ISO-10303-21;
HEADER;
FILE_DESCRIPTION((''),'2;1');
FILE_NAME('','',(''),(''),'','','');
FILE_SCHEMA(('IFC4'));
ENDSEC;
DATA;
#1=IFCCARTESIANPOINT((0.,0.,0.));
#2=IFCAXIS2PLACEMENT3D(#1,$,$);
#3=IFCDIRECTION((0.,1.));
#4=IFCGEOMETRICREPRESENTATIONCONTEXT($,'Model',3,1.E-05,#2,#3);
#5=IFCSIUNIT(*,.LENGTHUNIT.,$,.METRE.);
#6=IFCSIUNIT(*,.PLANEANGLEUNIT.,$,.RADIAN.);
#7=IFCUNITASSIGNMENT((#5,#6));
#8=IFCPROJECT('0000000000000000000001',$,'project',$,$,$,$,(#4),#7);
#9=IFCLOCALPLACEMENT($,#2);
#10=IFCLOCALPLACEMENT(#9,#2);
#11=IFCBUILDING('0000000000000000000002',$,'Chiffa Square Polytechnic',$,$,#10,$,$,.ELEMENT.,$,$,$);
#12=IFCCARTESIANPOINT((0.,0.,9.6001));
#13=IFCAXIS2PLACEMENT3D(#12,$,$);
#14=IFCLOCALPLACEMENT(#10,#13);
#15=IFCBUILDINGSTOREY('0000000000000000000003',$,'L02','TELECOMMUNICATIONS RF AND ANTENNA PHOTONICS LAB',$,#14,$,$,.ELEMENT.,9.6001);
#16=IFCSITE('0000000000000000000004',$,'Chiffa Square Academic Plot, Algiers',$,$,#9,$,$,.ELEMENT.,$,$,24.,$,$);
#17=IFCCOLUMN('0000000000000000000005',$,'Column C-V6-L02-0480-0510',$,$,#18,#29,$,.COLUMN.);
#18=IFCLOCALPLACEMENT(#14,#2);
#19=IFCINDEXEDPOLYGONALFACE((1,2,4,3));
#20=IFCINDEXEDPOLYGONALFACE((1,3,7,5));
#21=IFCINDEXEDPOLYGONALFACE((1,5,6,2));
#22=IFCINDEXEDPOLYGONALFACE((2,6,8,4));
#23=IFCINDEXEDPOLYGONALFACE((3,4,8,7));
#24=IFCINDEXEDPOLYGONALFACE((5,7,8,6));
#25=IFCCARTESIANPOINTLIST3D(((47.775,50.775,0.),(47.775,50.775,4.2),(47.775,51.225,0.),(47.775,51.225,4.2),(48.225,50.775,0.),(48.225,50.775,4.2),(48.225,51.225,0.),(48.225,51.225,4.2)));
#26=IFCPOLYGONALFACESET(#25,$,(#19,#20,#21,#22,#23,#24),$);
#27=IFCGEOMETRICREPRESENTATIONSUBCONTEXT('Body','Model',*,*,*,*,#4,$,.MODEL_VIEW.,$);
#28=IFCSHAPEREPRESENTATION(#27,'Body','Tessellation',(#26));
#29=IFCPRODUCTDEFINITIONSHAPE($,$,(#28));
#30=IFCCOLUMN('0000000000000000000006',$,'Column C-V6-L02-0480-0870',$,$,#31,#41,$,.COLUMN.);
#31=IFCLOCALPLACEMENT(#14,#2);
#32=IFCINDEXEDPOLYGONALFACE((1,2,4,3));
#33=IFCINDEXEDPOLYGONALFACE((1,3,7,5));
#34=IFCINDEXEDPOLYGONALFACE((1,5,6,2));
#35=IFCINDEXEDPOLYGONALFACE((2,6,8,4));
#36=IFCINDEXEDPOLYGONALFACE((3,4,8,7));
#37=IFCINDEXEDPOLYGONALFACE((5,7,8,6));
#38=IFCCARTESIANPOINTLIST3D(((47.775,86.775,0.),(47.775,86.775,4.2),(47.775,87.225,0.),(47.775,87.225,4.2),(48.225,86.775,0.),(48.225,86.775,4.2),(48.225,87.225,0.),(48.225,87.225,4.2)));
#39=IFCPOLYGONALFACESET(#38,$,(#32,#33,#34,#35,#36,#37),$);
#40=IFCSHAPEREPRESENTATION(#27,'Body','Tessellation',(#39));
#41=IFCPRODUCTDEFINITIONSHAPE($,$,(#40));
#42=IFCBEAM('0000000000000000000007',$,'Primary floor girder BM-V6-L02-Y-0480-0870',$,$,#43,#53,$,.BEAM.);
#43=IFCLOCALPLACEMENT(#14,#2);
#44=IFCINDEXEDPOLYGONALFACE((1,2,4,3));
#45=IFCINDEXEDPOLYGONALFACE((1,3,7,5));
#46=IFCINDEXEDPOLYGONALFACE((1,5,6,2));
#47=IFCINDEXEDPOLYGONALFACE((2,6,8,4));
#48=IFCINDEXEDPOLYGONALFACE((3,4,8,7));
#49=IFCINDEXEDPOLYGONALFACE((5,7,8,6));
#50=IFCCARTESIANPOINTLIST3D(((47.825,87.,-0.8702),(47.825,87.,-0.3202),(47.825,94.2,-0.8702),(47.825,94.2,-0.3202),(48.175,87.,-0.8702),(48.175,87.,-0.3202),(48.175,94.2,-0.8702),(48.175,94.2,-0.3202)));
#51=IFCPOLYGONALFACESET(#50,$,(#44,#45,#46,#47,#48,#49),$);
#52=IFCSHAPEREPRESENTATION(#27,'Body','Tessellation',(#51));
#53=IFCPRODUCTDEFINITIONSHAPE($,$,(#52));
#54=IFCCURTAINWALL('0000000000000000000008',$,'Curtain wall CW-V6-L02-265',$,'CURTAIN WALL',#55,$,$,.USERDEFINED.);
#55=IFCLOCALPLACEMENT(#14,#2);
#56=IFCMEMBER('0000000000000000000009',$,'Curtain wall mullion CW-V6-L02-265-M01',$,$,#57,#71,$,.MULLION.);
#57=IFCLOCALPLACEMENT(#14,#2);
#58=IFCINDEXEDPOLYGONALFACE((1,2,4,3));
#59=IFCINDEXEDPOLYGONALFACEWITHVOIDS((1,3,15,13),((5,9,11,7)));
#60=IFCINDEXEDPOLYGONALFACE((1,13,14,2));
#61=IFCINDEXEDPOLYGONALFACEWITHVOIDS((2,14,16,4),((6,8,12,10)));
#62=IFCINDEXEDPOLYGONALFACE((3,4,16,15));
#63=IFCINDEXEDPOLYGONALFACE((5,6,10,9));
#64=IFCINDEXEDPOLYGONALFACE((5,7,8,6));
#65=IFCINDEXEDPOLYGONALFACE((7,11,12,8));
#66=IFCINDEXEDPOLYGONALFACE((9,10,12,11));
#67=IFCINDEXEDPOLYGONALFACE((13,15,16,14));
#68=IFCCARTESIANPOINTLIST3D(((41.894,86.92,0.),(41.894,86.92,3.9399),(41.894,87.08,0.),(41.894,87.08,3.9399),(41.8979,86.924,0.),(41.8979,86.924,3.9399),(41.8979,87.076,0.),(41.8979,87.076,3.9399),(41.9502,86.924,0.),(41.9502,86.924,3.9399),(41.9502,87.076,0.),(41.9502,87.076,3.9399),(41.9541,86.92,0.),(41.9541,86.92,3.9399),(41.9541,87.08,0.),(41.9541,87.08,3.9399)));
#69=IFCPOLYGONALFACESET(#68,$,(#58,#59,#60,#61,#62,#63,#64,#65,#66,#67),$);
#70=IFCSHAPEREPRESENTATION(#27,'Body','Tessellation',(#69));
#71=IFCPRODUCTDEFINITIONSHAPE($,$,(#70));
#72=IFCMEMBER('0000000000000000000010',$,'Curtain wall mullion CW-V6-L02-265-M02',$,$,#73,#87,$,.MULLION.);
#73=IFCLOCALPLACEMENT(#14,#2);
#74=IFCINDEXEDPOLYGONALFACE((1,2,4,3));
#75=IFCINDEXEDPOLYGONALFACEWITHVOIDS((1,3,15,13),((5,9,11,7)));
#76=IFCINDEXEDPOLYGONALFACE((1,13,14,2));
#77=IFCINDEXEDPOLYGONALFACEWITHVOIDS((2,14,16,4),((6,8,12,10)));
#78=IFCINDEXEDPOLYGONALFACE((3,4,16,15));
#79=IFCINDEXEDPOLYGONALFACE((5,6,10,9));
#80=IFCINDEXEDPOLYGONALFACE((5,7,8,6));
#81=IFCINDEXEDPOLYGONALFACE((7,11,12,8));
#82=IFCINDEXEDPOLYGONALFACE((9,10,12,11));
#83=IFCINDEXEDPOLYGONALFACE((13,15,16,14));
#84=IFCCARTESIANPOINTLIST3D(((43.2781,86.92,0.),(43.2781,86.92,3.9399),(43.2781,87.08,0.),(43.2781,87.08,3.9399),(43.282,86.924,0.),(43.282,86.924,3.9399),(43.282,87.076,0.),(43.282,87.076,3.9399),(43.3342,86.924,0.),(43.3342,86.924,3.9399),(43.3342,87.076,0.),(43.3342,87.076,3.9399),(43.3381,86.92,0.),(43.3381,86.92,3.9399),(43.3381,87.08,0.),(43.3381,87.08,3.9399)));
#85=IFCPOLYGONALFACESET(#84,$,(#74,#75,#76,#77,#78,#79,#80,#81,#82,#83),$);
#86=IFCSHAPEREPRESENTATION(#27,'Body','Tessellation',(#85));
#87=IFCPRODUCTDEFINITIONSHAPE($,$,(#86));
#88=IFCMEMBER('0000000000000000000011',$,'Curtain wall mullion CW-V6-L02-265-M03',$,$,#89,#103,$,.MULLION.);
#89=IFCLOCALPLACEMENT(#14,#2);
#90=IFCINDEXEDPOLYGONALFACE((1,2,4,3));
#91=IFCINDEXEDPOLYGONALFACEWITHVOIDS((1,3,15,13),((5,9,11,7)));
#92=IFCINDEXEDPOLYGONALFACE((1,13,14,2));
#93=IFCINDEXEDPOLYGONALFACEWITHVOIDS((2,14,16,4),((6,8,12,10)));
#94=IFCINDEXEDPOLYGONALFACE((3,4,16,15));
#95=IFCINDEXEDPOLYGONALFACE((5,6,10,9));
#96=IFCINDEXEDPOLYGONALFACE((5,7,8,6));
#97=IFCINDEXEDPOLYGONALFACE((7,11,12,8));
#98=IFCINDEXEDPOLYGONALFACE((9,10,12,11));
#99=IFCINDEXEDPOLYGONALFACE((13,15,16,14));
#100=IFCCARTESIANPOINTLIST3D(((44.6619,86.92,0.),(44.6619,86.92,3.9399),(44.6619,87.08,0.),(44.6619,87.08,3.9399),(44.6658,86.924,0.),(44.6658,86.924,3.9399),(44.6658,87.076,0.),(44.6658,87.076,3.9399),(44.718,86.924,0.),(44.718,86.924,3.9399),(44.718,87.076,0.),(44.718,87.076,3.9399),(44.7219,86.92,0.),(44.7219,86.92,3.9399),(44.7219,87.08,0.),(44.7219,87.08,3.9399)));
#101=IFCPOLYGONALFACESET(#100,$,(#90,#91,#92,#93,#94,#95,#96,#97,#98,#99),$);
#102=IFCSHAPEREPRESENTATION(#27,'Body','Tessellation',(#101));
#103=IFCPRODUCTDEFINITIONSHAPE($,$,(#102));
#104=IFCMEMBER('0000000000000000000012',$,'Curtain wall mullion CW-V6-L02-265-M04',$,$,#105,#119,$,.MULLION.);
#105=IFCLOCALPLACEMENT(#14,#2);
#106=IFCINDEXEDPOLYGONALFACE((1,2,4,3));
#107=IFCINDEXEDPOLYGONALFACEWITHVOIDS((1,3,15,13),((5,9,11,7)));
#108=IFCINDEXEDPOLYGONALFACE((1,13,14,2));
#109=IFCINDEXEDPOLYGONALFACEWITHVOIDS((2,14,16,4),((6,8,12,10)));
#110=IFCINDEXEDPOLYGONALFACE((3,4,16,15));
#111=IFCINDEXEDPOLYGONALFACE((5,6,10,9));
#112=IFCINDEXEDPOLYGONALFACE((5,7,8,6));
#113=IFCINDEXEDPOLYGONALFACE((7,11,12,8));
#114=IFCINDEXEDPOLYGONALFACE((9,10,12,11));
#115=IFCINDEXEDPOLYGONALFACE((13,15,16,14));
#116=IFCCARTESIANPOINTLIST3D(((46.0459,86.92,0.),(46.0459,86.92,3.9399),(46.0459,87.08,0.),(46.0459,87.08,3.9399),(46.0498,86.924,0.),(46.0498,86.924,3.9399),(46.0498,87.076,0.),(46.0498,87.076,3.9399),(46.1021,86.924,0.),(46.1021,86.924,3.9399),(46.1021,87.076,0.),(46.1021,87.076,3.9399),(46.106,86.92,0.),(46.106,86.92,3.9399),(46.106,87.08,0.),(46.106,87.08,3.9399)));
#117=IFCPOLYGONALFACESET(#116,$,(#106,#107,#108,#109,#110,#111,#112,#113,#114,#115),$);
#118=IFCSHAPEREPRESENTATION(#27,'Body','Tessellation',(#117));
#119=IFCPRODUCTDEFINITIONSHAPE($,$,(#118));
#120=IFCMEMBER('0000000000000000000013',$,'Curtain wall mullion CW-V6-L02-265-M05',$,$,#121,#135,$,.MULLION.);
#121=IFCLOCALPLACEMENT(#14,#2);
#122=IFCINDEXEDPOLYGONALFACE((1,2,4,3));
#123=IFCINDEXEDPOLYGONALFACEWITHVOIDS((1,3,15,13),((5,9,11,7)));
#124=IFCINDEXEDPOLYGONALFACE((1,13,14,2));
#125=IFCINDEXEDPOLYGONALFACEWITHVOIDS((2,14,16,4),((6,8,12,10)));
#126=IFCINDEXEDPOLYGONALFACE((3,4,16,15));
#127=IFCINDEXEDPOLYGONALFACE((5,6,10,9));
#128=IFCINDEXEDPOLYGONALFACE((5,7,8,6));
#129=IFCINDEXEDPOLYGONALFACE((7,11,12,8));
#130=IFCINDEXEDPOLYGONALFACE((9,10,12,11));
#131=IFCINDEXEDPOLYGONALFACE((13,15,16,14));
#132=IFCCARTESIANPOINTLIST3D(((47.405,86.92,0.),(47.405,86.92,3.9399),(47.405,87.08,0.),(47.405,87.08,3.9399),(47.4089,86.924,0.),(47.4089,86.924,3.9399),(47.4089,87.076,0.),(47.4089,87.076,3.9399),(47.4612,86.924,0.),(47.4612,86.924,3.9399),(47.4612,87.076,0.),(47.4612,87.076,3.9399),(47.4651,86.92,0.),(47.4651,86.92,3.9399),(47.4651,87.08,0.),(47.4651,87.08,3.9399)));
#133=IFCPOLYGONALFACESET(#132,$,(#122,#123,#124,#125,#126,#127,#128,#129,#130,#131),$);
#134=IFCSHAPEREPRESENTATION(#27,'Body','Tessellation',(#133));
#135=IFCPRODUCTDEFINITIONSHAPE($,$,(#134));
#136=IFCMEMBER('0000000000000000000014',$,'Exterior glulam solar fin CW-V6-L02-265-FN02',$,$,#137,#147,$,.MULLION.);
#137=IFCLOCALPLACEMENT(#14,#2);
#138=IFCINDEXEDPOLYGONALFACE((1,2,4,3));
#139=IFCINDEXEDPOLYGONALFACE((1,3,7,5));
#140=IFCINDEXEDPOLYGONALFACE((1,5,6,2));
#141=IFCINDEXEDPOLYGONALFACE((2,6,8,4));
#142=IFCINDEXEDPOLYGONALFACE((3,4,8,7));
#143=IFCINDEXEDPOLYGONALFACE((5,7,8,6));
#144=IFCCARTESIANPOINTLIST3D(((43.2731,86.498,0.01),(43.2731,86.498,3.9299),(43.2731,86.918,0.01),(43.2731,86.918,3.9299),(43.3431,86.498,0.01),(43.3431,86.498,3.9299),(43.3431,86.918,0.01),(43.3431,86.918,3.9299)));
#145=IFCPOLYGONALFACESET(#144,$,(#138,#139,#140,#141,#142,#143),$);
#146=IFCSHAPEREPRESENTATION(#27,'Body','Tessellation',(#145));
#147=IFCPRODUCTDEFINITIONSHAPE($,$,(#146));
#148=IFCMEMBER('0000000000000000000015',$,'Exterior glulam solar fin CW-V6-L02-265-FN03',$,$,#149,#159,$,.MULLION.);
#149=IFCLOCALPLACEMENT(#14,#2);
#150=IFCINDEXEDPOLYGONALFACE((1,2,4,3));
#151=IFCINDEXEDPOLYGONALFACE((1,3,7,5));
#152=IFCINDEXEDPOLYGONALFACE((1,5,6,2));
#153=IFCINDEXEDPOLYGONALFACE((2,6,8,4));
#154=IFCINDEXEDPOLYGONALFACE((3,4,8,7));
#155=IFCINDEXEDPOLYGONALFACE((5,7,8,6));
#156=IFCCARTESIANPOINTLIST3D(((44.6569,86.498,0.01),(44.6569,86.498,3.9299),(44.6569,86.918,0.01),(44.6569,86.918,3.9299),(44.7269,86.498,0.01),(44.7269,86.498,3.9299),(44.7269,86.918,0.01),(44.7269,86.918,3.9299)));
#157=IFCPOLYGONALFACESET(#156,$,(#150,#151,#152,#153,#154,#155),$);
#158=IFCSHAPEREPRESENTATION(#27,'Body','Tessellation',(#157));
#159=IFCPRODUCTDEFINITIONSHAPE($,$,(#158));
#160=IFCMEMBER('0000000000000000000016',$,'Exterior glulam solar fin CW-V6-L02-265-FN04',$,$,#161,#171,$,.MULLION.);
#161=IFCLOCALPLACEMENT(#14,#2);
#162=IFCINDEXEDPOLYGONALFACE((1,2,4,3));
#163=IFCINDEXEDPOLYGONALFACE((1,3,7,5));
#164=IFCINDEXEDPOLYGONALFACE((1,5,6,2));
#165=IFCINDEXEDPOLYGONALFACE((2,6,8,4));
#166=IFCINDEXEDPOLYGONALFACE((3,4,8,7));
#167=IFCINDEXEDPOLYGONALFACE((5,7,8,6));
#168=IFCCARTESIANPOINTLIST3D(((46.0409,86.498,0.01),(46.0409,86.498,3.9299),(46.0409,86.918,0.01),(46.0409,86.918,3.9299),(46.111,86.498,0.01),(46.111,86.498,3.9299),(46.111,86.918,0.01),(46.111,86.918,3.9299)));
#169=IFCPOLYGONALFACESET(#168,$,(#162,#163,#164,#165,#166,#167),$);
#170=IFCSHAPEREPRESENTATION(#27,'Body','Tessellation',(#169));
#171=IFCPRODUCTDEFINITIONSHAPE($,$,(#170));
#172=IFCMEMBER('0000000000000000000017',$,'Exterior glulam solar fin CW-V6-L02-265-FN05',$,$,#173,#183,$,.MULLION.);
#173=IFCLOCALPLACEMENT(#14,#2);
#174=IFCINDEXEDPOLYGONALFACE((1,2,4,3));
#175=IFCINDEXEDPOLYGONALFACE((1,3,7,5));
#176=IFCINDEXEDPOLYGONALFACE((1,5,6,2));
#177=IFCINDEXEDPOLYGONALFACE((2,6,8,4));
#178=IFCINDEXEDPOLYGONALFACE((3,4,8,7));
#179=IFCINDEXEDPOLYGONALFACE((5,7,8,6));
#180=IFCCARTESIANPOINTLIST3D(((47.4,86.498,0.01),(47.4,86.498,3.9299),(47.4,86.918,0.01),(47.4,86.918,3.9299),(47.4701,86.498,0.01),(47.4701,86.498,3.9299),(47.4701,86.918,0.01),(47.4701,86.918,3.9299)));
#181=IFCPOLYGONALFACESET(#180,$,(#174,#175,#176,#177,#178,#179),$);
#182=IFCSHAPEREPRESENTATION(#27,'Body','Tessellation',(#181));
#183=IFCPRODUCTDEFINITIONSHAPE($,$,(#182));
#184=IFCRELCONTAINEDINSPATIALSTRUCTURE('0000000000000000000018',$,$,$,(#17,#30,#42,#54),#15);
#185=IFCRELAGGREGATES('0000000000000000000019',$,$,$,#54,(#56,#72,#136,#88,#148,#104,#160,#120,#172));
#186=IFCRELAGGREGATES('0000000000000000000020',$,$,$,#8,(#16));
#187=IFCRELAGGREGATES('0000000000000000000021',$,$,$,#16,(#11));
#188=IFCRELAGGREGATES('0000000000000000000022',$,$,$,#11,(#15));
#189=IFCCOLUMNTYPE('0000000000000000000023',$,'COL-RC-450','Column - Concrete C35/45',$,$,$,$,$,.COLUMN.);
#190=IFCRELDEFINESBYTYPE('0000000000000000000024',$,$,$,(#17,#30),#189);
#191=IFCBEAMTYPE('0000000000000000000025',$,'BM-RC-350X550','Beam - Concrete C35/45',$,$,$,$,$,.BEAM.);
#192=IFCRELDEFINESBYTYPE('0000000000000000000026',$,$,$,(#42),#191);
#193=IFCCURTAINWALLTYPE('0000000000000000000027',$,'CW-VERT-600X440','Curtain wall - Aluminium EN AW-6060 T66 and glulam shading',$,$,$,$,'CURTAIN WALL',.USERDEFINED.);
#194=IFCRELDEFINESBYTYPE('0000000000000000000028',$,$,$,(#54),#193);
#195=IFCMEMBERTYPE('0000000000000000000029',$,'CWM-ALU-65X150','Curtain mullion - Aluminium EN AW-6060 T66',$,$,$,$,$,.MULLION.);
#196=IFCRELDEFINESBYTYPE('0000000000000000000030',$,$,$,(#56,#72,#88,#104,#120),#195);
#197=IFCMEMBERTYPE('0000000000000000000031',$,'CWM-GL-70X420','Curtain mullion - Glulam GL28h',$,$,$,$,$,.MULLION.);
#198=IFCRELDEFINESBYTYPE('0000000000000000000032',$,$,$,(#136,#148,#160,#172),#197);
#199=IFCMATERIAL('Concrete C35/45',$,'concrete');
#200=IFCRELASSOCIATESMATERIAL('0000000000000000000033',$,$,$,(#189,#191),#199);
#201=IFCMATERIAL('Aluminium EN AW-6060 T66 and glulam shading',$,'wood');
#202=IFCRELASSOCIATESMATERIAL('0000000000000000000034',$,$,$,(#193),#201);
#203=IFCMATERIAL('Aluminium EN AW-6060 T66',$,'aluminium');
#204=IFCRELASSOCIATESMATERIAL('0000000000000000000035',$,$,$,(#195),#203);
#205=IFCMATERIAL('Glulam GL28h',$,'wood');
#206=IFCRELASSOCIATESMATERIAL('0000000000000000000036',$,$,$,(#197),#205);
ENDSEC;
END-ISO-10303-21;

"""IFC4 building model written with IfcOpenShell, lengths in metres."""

from ifc_helpers import new_model, si_unit, direction, frame, origin, origin_2d, place, context, subcontext, project, spatial, rectangle, hollow_rectangle, extrude, material, material_profile, profile_set, type_object, element, aggregate, save


model = new_model("IFC4")

# Units and contexts
model_context = context("Model", 3, precision=1e-05, world=origin(), true_north=direction((0.0, 1.0)))
body_context = subcontext(model_context, "Body", "Model", "MODEL_VIEW")
ifc_project = project(units=[si_unit("LENGTHUNIT", "METRE"), si_unit("PLANEANGLEUNIT", "RADIAN")], contexts=[model_context])

# Site, building, storey
site_placement = place(None, origin())
site = spatial("IfcSite", under=ifc_project, at=site_placement, Name="Chiffa Square Academic Plot, Algiers", CompositionType="ELEMENT", RefElevation=24.0)
building_placement = place(site_placement, origin())
building = spatial("IfcBuilding", under=site, at=building_placement, Name="Chiffa Square Polytechnic", CompositionType="ELEMENT")
storey_placement = place(building_placement, frame((0.0, 0.0, 9.6001)))
storey = spatial("IfcBuildingStorey", under=building, at=storey_placement, Name="L02", Description="TELECOMMUNICATIONS RF AND ANTENNA PHOTONICS LAB", CompositionType="ELEMENT", Elevation=9.6001)

# Columns
ifc_material_1 = material(Name="Concrete C35/45", Category="concrete")
ifc_material_profile_1 = material_profile(ifc_material_1, rectangle(XDim=0.45, YDim=0.45, at=origin_2d()), Name="RC 450x450")
ifc_profile_set_1 = profile_set([ifc_material_profile_1], Name="Concrete C35/45")
column_type = type_object("IfcColumnType", Name="COL-RC-450", Description="Column - Concrete C35/45", PredefinedType="COLUMN", material=ifc_profile_set_1)
for number, where, z_axis, x_axis, name in (
    (1, (48.0, 51.0, 0.0), (0.0, 0.0, 1.0), (1.0, 0.0, 0.0), "Column C-V6-L02-0480-0510"),
    (2, (48.0, 87.0, 0.0), (0.0, 0.0, 1.0), (1.0, 0.0, 0.0), "Column C-V6-L02-0480-0870"),
):
    element("IfcColumn", number, at=place(storey_placement, frame(where, z_axis=z_axis, x_axis=x_axis)), inside=storey, type_object=column_type, Name=name, PredefinedType="COLUMN", context=body_context, shape_type="SweptSolid", body=[
        extrude(rectangle(XDim=0.45, YDim=0.45, at=origin_2d()), origin(), (0.0, 0.0, 1.0), 4.2),
    ])

# Beam
ifc_material_profile_2 = material_profile(ifc_material_1, rectangle(XDim=0.3501, YDim=0.55, at=origin_2d()), Name="RC 350x550")
ifc_profile_set_2 = profile_set([ifc_material_profile_2], Name="Concrete C35/45")
beam_type = type_object("IfcBeamType", Name="BM-RC-350X550", Description="Beam - Concrete C35/45", PredefinedType="BEAM", material=ifc_profile_set_2)
beam_placement = place(storey_placement, frame((48.0, 87.0, -0.5952), z_axis=(0.0, 1.0, 0.0), x_axis=(-1.0, 0.0, 0.0)))
element("IfcBeam", 3, at=beam_placement, inside=storey, type_object=beam_type, Name="Primary floor girder BM-V6-L02-Y-0480-0870", PredefinedType="BEAM", context=body_context, shape_type="SweptSolid", body=[
    extrude(rectangle(XDim=0.3501, YDim=0.55, at=origin_2d()), origin(), (0.0, 0.0, 1.0), 7.2),
])

# Curtain wall, members
ifc_material_2 = material(Name="Aluminium EN AW-6060 T66 and glulam shading", Category="wood")
curtain_wall_type_1 = type_object("IfcCurtainWallType", Name="CW-VERT-600X440", Description="Curtain wall - Aluminium EN AW-6060 T66 and glulam shading", ElementType="CURTAIN WALL", PredefinedType="USERDEFINED", material=ifc_material_2)
curtain_wall_1_placement = place(storey_placement, origin())
curtain_wall_1 = element("IfcCurtainWall", 4, at=curtain_wall_1_placement, inside=storey, type_object=curtain_wall_type_1, Name="Curtain wall CW-V6-L02-265", ObjectType="CURTAIN WALL", PredefinedType="USERDEFINED")
ifc_material_3 = material(Name="Aluminium EN AW-6060 T66", Category="aluminium")
ifc_material_profile_3 = material_profile(ifc_material_3, hollow_rectangle(XDim=0.0601, YDim=0.1599, WallThickness=0.0039, at=origin_2d()), Name="ALU 60x160x4")
ifc_profile_set_3 = profile_set([ifc_material_profile_3], Name="Aluminium EN AW-6060 T66")
member_type_1 = type_object("IfcMemberType", Name="CWM-ALU-65X150", Description="Curtain mullion - Aluminium EN AW-6060 T66", PredefinedType="MULLION", material=ifc_profile_set_3)
member_1_placement = place(storey_placement, frame((41.9241, 87.0, 0.0), z_axis=(0.0, 0.0, 1.0), x_axis=(1.0, 0.0, 0.0)))
member_1 = element("IfcMember", 5, at=member_1_placement, type_object=member_type_1, Name="Curtain wall mullion CW-V6-L02-265-M01", PredefinedType="MULLION", context=body_context, shape_type="SweptSolid", body=[
    extrude(hollow_rectangle(XDim=0.0601, YDim=0.1599, WallThickness=0.0039, at=origin_2d()), origin(), (0.0, 0.0, 1.0), 3.9399),
])
member_2_placement = place(storey_placement, frame((43.3081, 87.0, 0.0), z_axis=(0.0, 0.0, 1.0), x_axis=(1.0, 0.0, 0.0)))
member_2 = element("IfcMember", 6, at=member_2_placement, type_object=member_type_1, Name="Curtain wall mullion CW-V6-L02-265-M02", PredefinedType="MULLION", context=body_context, shape_type="SweptSolid", body=[
    extrude(hollow_rectangle(XDim=0.0601, YDim=0.1599, WallThickness=0.0039, at=origin_2d()), origin(), (0.0, 0.0, 1.0), 3.9399),
])
member_3_placement = place(storey_placement, frame((44.6919, 87.0, 0.0), z_axis=(0.0, 0.0, 1.0), x_axis=(1.0, 0.0, 0.0)))
member_3 = element("IfcMember", 7, at=member_3_placement, type_object=member_type_1, Name="Curtain wall mullion CW-V6-L02-265-M03", PredefinedType="MULLION", context=body_context, shape_type="SweptSolid", body=[
    extrude(hollow_rectangle(XDim=0.0601, YDim=0.1599, WallThickness=0.0039, at=origin_2d()), origin(), (0.0, 0.0, 1.0), 3.9399),
])
member_4_placement = place(storey_placement, frame((46.0759, 87.0, 0.0), z_axis=(0.0, 0.0, 1.0), x_axis=(1.0, 0.0, 0.0)))
member_4 = element("IfcMember", 8, at=member_4_placement, type_object=member_type_1, Name="Curtain wall mullion CW-V6-L02-265-M04", PredefinedType="MULLION", context=body_context, shape_type="SweptSolid", body=[
    extrude(hollow_rectangle(XDim=0.0601, YDim=0.1599, WallThickness=0.0039, at=origin_2d()), origin(), (0.0, 0.0, 1.0), 3.9399),
])
member_5_placement = place(storey_placement, frame((47.4351, 87.0, 0.0), z_axis=(0.0, 0.0, 1.0), x_axis=(1.0, 0.0, 0.0)))
member_5 = element("IfcMember", 9, at=member_5_placement, type_object=member_type_1, Name="Curtain wall mullion CW-V6-L02-265-M05", PredefinedType="MULLION", context=body_context, shape_type="SweptSolid", body=[
    extrude(hollow_rectangle(XDim=0.0601, YDim=0.1599, WallThickness=0.0039, at=origin_2d()), origin(), (0.0, 0.0, 1.0), 3.9399),
])
ifc_material_4 = material(Name="Glulam GL28h", Category="wood")
ifc_material_profile_4 = material_profile(ifc_material_4, rectangle(XDim=0.0701, YDim=0.4199, at=origin_2d()), Name="GL28h 70x420")
ifc_profile_set_4 = profile_set([ifc_material_profile_4], Name="Glulam GL28h")
member_type_2 = type_object("IfcMemberType", Name="CWM-GL-70X420", Description="Curtain mullion - Glulam GL28h", PredefinedType="MULLION", material=ifc_profile_set_4)
member_6_placement = place(storey_placement, frame((43.3081, 86.708, 0.01), z_axis=(0.0, 0.0, 1.0), x_axis=(1.0, 0.0, 0.0)))
member_6 = element("IfcMember", 10, at=member_6_placement, type_object=member_type_2, Name="Exterior glulam solar fin CW-V6-L02-265-FN02", PredefinedType="MULLION", context=body_context, shape_type="SweptSolid", body=[
    extrude(rectangle(XDim=0.0701, YDim=0.4199, at=origin_2d()), origin(), (0.0, 0.0, 1.0), 3.9199),
])
member_7_placement = place(storey_placement, frame((44.6919, 86.708, 0.01), z_axis=(0.0, 0.0, 1.0), x_axis=(1.0, 0.0, 0.0)))
member_7 = element("IfcMember", 11, at=member_7_placement, type_object=member_type_2, Name="Exterior glulam solar fin CW-V6-L02-265-FN03", PredefinedType="MULLION", context=body_context, shape_type="SweptSolid", body=[
    extrude(rectangle(XDim=0.0701, YDim=0.4199, at=origin_2d()), origin(), (0.0, 0.0, 1.0), 3.9199),
])
member_8_placement = place(storey_placement, frame((46.0759, 86.708, 0.01), z_axis=(0.0, 0.0, 1.0), x_axis=(1.0, 0.0, 0.0)))
member_8 = element("IfcMember", 12, at=member_8_placement, type_object=member_type_2, Name="Exterior glulam solar fin CW-V6-L02-265-FN04", PredefinedType="MULLION", context=body_context, shape_type="SweptSolid", body=[
    extrude(rectangle(XDim=0.0701, YDim=0.4199, at=origin_2d()), origin(), (0.0, 0.0, 1.0), 3.9199),
])
member_9_placement = place(storey_placement, frame((47.4351, 86.708, 0.01), z_axis=(0.0, 0.0, 1.0), x_axis=(1.0, 0.0, 0.0)))
member_9 = element("IfcMember", 13, at=member_9_placement, type_object=member_type_2, Name="Exterior glulam solar fin CW-V6-L02-265-FN05", PredefinedType="MULLION", context=body_context, shape_type="SweptSolid", body=[
    extrude(rectangle(XDim=0.0701, YDim=0.4199, at=origin_2d()), origin(), (0.0, 0.0, 1.0), 3.9199),
])

aggregate(curtain_wall_1, [member_1, member_2, member_6, member_3, member_7, member_4, member_8, member_5, member_9])

save(model, "model.ifc")
